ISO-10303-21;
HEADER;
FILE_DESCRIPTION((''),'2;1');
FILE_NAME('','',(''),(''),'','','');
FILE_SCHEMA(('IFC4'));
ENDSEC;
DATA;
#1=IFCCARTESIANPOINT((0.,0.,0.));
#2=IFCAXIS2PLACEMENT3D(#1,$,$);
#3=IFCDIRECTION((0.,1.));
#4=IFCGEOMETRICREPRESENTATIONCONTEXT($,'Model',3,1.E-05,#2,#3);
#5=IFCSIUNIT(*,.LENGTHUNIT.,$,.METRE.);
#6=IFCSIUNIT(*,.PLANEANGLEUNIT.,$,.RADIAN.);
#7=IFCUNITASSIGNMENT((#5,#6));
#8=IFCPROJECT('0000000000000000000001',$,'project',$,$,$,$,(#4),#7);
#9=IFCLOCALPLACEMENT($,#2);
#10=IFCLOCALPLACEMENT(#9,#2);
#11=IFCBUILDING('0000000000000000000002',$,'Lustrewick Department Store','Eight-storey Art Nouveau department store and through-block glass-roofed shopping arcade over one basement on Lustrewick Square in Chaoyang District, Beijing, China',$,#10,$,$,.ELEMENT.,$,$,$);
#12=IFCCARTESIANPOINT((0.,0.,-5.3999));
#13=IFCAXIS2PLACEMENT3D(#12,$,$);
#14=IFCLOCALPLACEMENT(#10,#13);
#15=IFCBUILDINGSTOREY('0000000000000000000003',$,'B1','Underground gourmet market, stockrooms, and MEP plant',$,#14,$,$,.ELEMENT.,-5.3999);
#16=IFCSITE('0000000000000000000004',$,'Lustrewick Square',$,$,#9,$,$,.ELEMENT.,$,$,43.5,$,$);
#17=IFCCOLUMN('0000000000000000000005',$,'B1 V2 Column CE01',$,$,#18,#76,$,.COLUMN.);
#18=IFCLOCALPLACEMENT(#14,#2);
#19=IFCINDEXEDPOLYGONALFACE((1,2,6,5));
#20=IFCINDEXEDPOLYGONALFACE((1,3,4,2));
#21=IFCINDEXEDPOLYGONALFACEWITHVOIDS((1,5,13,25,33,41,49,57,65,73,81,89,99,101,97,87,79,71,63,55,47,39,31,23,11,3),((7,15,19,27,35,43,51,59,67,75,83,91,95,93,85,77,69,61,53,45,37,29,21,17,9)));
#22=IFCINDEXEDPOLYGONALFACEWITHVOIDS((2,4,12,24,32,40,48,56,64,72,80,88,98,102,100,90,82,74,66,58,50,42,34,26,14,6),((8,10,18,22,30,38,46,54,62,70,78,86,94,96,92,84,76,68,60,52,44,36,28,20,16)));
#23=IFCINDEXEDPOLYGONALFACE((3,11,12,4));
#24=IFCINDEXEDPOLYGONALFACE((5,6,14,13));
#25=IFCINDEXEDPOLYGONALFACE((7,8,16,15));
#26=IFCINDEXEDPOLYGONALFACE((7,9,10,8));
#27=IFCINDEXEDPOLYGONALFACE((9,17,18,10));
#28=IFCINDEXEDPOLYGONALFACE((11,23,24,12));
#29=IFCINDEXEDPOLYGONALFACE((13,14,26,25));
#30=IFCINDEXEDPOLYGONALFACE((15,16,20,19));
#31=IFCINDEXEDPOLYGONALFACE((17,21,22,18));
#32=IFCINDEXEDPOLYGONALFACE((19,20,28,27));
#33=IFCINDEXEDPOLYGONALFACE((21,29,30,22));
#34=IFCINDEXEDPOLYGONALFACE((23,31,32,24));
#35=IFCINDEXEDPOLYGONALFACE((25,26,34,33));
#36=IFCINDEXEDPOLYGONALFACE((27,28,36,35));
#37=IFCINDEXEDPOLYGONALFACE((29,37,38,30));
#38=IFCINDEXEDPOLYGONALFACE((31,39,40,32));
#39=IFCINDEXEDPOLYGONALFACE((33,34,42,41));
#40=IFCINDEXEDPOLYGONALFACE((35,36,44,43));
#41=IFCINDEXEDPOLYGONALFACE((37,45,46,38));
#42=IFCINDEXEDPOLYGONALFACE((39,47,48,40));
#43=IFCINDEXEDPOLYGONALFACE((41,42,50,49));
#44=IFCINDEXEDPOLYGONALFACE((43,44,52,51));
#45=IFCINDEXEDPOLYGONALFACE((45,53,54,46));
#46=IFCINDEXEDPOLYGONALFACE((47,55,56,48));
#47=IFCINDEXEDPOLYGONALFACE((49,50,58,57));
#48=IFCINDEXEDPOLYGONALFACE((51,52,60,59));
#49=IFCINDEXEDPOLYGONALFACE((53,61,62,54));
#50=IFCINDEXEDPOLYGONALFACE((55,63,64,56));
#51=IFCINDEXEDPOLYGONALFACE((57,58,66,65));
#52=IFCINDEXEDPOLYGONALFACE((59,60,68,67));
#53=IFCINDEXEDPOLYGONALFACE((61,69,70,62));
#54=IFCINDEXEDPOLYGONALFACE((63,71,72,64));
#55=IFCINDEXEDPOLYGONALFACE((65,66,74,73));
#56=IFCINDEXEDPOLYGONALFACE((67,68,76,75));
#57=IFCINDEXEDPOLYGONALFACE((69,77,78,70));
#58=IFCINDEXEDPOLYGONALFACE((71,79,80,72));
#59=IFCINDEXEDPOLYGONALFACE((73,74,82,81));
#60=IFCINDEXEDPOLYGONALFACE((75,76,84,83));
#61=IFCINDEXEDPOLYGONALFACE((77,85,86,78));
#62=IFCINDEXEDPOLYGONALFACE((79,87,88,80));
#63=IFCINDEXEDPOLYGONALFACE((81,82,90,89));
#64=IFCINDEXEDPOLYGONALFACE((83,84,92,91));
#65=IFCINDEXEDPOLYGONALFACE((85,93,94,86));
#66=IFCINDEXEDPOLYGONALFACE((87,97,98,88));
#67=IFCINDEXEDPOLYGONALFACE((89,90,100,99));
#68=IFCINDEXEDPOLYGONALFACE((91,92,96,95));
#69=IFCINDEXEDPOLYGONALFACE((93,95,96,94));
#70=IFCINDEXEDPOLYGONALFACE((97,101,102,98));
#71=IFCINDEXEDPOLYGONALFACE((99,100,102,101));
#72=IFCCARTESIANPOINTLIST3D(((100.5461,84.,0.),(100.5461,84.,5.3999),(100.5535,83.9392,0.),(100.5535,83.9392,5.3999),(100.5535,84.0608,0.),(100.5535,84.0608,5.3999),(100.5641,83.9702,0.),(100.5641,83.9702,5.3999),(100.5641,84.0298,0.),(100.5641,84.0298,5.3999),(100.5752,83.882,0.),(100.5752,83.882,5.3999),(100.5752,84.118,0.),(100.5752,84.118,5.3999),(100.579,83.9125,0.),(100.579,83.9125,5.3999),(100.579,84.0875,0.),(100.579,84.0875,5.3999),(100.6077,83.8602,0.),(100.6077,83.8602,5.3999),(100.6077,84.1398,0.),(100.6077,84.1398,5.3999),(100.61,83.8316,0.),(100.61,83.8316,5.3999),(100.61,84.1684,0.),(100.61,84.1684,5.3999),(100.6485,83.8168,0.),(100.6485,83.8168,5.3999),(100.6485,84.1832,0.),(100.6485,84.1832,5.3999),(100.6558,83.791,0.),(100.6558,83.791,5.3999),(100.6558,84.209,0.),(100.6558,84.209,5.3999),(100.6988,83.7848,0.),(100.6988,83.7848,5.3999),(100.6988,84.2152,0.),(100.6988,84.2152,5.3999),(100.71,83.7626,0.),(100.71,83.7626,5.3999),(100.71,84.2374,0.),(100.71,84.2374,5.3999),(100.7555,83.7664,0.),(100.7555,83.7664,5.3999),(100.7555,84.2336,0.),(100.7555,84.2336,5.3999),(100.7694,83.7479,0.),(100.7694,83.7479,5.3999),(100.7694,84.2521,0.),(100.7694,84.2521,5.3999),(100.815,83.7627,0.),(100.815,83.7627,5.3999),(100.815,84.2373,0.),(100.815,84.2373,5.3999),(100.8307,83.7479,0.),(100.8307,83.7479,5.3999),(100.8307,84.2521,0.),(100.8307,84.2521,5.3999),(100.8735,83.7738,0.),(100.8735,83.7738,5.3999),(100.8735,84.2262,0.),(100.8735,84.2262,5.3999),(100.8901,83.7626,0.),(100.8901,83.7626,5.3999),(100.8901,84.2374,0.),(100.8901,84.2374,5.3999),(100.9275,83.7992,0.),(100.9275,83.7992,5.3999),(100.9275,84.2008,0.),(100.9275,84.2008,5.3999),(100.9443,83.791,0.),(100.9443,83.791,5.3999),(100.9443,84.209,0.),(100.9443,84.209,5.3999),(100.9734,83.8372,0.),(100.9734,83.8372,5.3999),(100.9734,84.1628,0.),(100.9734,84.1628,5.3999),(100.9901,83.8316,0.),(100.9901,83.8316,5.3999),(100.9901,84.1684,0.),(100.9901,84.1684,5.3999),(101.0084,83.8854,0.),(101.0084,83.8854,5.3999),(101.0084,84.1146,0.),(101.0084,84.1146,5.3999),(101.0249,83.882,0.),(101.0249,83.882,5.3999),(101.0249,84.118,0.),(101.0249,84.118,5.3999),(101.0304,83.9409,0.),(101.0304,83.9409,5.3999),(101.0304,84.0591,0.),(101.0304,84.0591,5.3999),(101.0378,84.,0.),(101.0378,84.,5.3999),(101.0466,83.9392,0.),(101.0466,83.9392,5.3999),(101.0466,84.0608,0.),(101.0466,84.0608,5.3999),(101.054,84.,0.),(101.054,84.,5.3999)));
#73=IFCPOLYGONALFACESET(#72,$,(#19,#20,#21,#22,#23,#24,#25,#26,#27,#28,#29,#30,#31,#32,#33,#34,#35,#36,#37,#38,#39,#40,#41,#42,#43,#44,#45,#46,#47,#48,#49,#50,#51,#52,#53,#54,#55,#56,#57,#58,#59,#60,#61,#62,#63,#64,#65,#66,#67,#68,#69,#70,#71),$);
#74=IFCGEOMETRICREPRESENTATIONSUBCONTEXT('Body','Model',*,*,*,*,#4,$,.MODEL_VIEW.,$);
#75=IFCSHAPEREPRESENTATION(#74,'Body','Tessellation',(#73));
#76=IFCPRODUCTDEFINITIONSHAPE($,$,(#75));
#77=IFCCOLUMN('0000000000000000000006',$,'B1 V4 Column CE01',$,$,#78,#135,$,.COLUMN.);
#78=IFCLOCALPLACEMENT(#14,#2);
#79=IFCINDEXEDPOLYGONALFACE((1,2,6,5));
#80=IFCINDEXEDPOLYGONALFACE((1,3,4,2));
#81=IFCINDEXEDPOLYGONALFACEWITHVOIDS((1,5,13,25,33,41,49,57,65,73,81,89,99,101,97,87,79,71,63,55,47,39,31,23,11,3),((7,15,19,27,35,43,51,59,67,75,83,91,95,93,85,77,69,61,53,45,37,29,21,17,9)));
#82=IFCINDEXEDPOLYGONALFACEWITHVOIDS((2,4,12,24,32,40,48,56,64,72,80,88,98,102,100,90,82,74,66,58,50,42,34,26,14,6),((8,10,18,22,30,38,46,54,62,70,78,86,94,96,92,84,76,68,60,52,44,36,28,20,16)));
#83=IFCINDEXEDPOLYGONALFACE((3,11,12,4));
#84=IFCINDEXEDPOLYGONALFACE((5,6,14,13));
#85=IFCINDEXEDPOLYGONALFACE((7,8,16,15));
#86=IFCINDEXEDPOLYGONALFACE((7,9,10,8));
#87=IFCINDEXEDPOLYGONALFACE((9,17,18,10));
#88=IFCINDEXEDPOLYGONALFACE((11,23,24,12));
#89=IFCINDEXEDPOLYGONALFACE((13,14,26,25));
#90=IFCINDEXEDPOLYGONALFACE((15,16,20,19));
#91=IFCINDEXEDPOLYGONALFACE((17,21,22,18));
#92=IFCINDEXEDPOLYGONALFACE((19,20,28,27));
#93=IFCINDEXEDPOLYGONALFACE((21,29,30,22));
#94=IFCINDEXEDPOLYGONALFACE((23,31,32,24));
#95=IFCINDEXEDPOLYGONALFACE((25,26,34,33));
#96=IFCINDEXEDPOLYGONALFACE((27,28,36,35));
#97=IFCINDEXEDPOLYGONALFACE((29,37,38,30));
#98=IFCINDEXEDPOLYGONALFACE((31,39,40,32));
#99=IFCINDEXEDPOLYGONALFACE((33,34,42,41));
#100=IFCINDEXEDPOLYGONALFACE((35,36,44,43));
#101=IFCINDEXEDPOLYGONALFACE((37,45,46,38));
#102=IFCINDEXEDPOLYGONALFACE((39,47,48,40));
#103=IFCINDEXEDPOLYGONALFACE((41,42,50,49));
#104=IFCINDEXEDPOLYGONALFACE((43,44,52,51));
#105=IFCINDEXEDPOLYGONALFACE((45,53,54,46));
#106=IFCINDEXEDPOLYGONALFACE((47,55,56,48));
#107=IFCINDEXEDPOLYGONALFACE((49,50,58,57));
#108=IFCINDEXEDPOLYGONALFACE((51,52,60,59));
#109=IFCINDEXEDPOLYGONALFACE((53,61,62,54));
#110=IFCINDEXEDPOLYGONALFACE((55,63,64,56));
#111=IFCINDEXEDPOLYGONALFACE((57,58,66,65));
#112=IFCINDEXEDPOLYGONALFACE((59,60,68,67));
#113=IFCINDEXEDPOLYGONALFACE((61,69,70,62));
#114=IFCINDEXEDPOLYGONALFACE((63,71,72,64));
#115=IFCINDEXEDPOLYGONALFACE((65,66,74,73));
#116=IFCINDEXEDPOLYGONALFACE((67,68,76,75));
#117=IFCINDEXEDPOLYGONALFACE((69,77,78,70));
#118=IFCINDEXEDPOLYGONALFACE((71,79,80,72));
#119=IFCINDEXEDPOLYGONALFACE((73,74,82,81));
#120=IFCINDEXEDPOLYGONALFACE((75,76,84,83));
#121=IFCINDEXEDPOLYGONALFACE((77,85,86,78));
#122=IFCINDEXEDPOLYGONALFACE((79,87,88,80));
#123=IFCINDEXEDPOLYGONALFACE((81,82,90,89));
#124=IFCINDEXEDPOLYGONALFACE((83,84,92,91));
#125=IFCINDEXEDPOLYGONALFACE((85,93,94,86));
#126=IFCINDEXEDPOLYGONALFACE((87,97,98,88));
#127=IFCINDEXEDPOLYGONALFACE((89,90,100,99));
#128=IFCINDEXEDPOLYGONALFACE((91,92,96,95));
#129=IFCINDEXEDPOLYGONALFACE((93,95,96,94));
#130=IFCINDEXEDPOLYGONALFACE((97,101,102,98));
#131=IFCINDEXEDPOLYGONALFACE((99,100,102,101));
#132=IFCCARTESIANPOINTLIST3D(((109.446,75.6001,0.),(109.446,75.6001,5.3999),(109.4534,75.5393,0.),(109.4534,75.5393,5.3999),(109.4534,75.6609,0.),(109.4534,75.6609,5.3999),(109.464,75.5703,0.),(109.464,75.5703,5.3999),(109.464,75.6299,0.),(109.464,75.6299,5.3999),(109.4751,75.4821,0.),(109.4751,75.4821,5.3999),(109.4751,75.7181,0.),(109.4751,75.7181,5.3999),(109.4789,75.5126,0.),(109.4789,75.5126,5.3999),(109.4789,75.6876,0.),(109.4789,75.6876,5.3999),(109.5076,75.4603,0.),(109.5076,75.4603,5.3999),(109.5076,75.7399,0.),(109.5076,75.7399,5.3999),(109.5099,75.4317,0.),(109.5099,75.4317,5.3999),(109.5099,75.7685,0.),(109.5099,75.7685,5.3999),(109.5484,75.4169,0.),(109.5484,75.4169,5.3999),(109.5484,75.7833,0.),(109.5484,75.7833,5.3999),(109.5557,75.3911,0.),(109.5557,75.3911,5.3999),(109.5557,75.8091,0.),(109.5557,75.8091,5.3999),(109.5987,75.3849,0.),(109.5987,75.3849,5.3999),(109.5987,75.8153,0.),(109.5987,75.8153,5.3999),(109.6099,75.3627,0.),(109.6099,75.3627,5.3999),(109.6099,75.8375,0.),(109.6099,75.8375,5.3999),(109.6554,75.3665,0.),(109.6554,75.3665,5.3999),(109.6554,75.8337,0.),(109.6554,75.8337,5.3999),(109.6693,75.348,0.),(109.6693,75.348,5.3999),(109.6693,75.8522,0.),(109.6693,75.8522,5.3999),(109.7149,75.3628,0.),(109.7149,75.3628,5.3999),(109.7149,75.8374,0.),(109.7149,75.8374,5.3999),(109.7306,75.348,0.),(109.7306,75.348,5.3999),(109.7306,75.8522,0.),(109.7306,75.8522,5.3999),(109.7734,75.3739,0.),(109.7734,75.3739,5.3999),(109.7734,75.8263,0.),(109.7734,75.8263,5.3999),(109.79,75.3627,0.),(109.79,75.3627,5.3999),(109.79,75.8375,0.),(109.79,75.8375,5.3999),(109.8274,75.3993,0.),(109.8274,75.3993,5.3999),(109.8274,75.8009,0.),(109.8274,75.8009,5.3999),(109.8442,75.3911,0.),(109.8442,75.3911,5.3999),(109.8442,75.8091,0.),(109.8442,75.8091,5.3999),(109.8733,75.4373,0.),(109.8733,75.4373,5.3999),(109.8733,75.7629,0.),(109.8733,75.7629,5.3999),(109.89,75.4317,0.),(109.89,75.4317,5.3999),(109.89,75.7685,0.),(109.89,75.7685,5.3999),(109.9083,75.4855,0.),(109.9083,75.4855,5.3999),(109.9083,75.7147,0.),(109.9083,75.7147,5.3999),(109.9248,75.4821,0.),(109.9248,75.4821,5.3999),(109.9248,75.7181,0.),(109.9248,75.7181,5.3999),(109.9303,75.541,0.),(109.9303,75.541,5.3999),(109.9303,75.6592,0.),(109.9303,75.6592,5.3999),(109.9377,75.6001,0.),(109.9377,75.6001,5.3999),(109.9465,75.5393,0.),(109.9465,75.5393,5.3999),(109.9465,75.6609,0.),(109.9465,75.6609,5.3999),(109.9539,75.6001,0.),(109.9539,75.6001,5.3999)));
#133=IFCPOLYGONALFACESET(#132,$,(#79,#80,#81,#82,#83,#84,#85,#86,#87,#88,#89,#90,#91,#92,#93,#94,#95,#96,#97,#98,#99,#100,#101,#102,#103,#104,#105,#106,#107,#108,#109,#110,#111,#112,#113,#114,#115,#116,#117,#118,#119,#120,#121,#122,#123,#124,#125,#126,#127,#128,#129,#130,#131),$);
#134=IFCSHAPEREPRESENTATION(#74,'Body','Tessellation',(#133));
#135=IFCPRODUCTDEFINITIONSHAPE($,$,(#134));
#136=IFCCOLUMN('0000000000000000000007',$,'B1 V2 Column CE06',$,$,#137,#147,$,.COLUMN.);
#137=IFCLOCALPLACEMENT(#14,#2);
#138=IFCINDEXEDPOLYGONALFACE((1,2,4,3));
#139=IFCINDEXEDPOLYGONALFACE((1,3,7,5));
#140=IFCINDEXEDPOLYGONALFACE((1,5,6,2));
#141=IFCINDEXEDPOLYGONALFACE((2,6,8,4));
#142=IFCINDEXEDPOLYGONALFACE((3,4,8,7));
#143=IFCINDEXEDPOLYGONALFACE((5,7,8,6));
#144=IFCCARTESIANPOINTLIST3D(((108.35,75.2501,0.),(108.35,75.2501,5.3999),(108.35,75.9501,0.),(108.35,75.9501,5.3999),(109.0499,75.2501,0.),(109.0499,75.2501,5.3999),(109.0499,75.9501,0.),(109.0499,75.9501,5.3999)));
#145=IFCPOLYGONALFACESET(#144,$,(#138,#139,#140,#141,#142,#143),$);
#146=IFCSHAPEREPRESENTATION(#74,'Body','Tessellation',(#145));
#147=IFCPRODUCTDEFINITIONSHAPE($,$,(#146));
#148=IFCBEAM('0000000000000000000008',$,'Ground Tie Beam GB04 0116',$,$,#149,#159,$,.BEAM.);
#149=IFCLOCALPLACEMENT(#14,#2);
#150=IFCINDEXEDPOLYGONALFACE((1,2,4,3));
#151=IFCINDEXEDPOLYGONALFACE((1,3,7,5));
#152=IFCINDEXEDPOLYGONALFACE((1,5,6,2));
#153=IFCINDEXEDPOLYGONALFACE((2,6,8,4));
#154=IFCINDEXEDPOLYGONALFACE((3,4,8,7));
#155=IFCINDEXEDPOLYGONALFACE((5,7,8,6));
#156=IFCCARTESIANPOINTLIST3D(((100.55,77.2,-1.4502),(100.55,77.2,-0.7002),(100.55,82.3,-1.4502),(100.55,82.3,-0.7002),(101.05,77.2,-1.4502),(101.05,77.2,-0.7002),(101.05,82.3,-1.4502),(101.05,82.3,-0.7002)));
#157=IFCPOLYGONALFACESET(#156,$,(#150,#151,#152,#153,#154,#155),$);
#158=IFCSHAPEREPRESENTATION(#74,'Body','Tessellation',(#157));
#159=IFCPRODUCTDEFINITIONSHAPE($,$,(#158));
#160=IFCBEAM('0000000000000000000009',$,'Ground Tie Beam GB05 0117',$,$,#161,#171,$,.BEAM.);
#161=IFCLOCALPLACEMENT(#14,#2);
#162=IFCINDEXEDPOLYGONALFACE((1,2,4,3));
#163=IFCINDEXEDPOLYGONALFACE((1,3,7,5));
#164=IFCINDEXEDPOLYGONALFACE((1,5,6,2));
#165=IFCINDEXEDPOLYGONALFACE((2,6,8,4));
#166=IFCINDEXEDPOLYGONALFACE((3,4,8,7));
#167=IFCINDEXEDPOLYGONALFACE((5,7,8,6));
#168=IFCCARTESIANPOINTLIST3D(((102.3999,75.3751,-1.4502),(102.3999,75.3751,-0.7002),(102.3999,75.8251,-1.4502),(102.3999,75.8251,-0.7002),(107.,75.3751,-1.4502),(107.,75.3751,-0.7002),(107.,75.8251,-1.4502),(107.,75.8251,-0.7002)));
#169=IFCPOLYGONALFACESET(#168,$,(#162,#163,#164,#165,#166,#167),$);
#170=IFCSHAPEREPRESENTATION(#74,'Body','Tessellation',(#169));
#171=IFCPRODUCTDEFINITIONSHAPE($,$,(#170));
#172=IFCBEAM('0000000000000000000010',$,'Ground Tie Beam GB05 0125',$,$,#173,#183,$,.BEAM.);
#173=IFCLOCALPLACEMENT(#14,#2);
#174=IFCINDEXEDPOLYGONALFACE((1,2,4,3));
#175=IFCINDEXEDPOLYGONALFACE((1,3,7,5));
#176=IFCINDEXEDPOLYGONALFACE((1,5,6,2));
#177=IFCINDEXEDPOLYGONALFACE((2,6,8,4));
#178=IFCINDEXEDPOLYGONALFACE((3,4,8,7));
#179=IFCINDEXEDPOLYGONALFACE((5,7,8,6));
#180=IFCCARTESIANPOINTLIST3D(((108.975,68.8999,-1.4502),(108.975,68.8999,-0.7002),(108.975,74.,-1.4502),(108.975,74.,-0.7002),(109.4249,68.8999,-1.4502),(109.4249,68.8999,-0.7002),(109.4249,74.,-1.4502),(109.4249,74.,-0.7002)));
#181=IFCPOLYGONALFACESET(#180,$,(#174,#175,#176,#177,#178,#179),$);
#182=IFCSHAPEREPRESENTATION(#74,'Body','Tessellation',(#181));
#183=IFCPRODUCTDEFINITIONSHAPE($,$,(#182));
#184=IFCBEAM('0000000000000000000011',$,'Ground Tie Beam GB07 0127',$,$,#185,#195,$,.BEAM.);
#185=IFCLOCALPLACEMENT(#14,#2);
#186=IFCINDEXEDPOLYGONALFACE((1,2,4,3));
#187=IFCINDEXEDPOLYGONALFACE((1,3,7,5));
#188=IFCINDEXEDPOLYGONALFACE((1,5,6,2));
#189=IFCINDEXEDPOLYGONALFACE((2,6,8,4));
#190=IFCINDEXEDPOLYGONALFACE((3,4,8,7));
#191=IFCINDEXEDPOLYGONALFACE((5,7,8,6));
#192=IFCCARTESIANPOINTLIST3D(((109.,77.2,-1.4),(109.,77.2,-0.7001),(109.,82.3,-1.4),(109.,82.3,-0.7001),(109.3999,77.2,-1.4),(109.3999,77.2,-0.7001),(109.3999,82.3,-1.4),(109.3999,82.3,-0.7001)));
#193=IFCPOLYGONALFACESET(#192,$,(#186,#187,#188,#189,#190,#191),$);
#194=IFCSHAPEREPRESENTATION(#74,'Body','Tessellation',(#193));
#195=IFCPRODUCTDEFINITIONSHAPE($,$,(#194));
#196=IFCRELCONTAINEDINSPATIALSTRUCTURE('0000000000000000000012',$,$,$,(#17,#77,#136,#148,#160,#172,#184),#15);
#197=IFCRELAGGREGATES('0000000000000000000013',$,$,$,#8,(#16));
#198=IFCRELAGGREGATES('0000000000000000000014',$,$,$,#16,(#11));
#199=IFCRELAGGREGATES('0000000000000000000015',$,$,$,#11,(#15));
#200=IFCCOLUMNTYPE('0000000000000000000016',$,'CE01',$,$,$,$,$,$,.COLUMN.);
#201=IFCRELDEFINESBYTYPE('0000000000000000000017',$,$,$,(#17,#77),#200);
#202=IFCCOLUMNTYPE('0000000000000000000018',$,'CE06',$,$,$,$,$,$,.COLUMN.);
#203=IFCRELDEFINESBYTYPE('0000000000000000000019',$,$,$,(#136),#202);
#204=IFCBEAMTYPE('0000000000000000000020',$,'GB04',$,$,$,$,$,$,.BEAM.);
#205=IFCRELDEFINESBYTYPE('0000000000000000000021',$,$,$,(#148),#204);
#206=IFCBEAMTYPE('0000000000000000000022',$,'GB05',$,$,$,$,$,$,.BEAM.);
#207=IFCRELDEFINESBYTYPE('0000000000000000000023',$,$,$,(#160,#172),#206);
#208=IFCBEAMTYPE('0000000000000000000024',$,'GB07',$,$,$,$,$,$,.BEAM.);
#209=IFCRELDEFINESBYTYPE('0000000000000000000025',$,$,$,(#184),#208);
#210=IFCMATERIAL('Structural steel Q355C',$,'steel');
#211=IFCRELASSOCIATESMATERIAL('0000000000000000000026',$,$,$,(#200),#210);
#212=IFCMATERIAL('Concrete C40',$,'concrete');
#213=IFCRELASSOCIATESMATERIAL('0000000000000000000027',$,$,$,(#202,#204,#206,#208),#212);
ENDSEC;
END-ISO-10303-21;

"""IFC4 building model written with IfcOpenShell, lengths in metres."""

from ifc_helpers import new_model, si_unit, direction, frame, origin, origin_2d, place, context, subcontext, project, spatial, rectangle, hollow_circle, extrude, material, material_profile, profile_set, type_object, element, save


model = new_model("IFC4")

# Units and contexts
model_context = context("Model", 3, precision=1e-05, world=origin(), true_north=direction((0.0, 1.0)))
body_context = subcontext(model_context, "Body", "Model", "MODEL_VIEW")
ifc_project = project(units=[si_unit("LENGTHUNIT", "METRE"), si_unit("PLANEANGLEUNIT", "RADIAN")], contexts=[model_context])

# Site, building, storey
site_placement = place(None, origin())
site = spatial("IfcSite", under=ifc_project, at=site_placement, Name="Lustrewick Square", CompositionType="ELEMENT", RefElevation=43.5)
building_placement = place(site_placement, origin())
building = spatial("IfcBuilding", under=site, at=building_placement, Name="Lustrewick Department Store", Description="Eight-storey Art Nouveau department store and through-block glass-roofed shopping arcade over one basement on Lustrewick Square in Chaoyang District, Beijing, China", CompositionType="ELEMENT")
storey_placement = place(building_placement, frame((0.0, 0.0, -5.3999)))
storey = spatial("IfcBuildingStorey", under=building, at=storey_placement, Name="B1", Description="Underground gourmet market, stockrooms, and MEP plant", CompositionType="ELEMENT", Elevation=-5.3999)

# Shared definitions
ifc_material_1 = material(Name="Concrete C40", Category="concrete")

# Columns
ifc_material_2 = material(Name="Structural steel Q355C", Category="steel")
ifc_material_profile_1 = material_profile(ifc_material_2, hollow_circle(Radius=0.2539, WallThickness=0.0161, at=origin_2d()), Name="CHS 508x16")
ifc_profile_set_1 = profile_set([ifc_material_profile_1], Name="Structural steel Q355C")
column_type_1 = type_object("IfcColumnType", Name="CE01", PredefinedType="COLUMN", material=ifc_profile_set_1)
for number, where, z_axis, x_axis, name in (
    (1, (100.8, 84.0, 0.0), (0.0, 0.0, 1.0), (1.0, 0.0, 0.0), "B1 V2 Column CE01"),
    (2, (109.7, 75.6001, 0.0), (0.0, 0.0, 1.0), (1.0, 0.0, 0.0), "B1 V4 Column CE01"),
):
    element("IfcColumn", number, at=place(storey_placement, frame(where, z_axis=z_axis, x_axis=x_axis)), inside=storey, type_object=column_type_1, Name=name, PredefinedType="COLUMN", context=body_context, shape_type="SweptSolid", body=[
        extrude(hollow_circle(Radius=0.2539, WallThickness=0.0161, at=origin_2d()), origin(), (0.0, 0.0, 1.0), 5.3999),
    ])
ifc_material_profile_2 = material_profile(ifc_material_1, rectangle(XDim=0.7, YDim=0.7, at=origin_2d()), Name="RC 700x700")
ifc_profile_set_2 = profile_set([ifc_material_profile_2], Name="Concrete C40")
column_type_2 = type_object("IfcColumnType", Name="CE06", PredefinedType="COLUMN", material=ifc_profile_set_2)
column_1_placement = place(storey_placement, frame((108.7, 75.6001, 0.0), z_axis=(0.0, 0.0, 1.0), x_axis=(1.0, 0.0, 0.0)))
element("IfcColumn", 3, at=column_1_placement, inside=storey, type_object=column_type_2, Name="B1 V2 Column CE06", PredefinedType="COLUMN", context=body_context, shape_type="SweptSolid", body=[
    extrude(rectangle(XDim=0.7, YDim=0.7, at=origin_2d()), origin(), (0.0, 0.0, 1.0), 5.3999),
])

# Beams
ifc_material_profile_3 = material_profile(ifc_material_1, rectangle(XDim=0.5, YDim=0.75, at=origin_2d()), Name="RC 500x750")
ifc_profile_set_3 = profile_set([ifc_material_profile_3], Name="Concrete C40")
beam_type_1 = type_object("IfcBeamType", Name="GB04", PredefinedType="BEAM", material=ifc_profile_set_3)
beam_1_placement = place(storey_placement, frame((100.8, 77.2, -1.0752), z_axis=(0.0, 1.0, 0.0), x_axis=(-1.0, 0.0, 0.0)))
element("IfcBeam", 4, at=beam_1_placement, inside=storey, type_object=beam_type_1, Name="Ground Tie Beam GB04 0116", PredefinedType="BEAM", context=body_context, shape_type="SweptSolid", body=[
    extrude(rectangle(XDim=0.5, YDim=0.75, at=origin_2d()), origin(), (0.0, 0.0, 1.0), 5.1001),
])
ifc_material_profile_4 = material_profile(ifc_material_1, rectangle(XDim=0.45, YDim=0.75, at=origin_2d()), Name="RC 450x750")
ifc_profile_set_4 = profile_set([ifc_material_profile_4], Name="Concrete C40")
beam_type_2 = type_object("IfcBeamType", Name="GB05", PredefinedType="BEAM", material=ifc_profile_set_4)
beam_2_placement = place(storey_placement, frame((102.3999, 75.6001, -1.0752), z_axis=(1.0, 0.0, 0.0), x_axis=(0.0, 1.0, 0.0)))
element("IfcBeam", 5, at=beam_2_placement, inside=storey, type_object=beam_type_2, Name="Ground Tie Beam GB05 0117", PredefinedType="BEAM", context=body_context, shape_type="SweptSolid", body=[
    extrude(rectangle(XDim=0.45, YDim=0.75, at=origin_2d()), origin(), (0.0, 0.0, 1.0), 4.6001),
])
beam_3_placement = place(storey_placement, frame((109.2, 68.8999, -1.0752), z_axis=(0.0, 1.0, 0.0), x_axis=(-1.0, 0.0, 0.0)))
element("IfcBeam", 6, at=beam_3_placement, inside=storey, type_object=beam_type_2, Name="Ground Tie Beam GB05 0125", PredefinedType="BEAM", context=body_context, shape_type="SweptSolid", body=[
    extrude(rectangle(XDim=0.45, YDim=0.75, at=origin_2d()), origin(), (0.0, 0.0, 1.0), 5.1001),
])
ifc_material_profile_5 = material_profile(ifc_material_1, rectangle(XDim=0.3999, YDim=0.7, at=origin_2d()), Name="RC 400x700")
ifc_profile_set_5 = profile_set([ifc_material_profile_5], Name="Concrete C40")
beam_type_3 = type_object("IfcBeamType", Name="GB07", PredefinedType="BEAM", material=ifc_profile_set_5)
beam_4_placement = place(storey_placement, frame((109.2, 77.2, -1.05), z_axis=(0.0, 1.0, 0.0), x_axis=(-1.0, 0.0, 0.0)))
element("IfcBeam", 7, at=beam_4_placement, inside=storey, type_object=beam_type_3, Name="Ground Tie Beam GB07 0127", PredefinedType="BEAM", context=body_context, shape_type="SweptSolid", body=[
    extrude(rectangle(XDim=0.3999, YDim=0.7, at=origin_2d()), origin(), (0.0, 0.0, 1.0), 5.1001),
])

save(model, "model.ifc")
